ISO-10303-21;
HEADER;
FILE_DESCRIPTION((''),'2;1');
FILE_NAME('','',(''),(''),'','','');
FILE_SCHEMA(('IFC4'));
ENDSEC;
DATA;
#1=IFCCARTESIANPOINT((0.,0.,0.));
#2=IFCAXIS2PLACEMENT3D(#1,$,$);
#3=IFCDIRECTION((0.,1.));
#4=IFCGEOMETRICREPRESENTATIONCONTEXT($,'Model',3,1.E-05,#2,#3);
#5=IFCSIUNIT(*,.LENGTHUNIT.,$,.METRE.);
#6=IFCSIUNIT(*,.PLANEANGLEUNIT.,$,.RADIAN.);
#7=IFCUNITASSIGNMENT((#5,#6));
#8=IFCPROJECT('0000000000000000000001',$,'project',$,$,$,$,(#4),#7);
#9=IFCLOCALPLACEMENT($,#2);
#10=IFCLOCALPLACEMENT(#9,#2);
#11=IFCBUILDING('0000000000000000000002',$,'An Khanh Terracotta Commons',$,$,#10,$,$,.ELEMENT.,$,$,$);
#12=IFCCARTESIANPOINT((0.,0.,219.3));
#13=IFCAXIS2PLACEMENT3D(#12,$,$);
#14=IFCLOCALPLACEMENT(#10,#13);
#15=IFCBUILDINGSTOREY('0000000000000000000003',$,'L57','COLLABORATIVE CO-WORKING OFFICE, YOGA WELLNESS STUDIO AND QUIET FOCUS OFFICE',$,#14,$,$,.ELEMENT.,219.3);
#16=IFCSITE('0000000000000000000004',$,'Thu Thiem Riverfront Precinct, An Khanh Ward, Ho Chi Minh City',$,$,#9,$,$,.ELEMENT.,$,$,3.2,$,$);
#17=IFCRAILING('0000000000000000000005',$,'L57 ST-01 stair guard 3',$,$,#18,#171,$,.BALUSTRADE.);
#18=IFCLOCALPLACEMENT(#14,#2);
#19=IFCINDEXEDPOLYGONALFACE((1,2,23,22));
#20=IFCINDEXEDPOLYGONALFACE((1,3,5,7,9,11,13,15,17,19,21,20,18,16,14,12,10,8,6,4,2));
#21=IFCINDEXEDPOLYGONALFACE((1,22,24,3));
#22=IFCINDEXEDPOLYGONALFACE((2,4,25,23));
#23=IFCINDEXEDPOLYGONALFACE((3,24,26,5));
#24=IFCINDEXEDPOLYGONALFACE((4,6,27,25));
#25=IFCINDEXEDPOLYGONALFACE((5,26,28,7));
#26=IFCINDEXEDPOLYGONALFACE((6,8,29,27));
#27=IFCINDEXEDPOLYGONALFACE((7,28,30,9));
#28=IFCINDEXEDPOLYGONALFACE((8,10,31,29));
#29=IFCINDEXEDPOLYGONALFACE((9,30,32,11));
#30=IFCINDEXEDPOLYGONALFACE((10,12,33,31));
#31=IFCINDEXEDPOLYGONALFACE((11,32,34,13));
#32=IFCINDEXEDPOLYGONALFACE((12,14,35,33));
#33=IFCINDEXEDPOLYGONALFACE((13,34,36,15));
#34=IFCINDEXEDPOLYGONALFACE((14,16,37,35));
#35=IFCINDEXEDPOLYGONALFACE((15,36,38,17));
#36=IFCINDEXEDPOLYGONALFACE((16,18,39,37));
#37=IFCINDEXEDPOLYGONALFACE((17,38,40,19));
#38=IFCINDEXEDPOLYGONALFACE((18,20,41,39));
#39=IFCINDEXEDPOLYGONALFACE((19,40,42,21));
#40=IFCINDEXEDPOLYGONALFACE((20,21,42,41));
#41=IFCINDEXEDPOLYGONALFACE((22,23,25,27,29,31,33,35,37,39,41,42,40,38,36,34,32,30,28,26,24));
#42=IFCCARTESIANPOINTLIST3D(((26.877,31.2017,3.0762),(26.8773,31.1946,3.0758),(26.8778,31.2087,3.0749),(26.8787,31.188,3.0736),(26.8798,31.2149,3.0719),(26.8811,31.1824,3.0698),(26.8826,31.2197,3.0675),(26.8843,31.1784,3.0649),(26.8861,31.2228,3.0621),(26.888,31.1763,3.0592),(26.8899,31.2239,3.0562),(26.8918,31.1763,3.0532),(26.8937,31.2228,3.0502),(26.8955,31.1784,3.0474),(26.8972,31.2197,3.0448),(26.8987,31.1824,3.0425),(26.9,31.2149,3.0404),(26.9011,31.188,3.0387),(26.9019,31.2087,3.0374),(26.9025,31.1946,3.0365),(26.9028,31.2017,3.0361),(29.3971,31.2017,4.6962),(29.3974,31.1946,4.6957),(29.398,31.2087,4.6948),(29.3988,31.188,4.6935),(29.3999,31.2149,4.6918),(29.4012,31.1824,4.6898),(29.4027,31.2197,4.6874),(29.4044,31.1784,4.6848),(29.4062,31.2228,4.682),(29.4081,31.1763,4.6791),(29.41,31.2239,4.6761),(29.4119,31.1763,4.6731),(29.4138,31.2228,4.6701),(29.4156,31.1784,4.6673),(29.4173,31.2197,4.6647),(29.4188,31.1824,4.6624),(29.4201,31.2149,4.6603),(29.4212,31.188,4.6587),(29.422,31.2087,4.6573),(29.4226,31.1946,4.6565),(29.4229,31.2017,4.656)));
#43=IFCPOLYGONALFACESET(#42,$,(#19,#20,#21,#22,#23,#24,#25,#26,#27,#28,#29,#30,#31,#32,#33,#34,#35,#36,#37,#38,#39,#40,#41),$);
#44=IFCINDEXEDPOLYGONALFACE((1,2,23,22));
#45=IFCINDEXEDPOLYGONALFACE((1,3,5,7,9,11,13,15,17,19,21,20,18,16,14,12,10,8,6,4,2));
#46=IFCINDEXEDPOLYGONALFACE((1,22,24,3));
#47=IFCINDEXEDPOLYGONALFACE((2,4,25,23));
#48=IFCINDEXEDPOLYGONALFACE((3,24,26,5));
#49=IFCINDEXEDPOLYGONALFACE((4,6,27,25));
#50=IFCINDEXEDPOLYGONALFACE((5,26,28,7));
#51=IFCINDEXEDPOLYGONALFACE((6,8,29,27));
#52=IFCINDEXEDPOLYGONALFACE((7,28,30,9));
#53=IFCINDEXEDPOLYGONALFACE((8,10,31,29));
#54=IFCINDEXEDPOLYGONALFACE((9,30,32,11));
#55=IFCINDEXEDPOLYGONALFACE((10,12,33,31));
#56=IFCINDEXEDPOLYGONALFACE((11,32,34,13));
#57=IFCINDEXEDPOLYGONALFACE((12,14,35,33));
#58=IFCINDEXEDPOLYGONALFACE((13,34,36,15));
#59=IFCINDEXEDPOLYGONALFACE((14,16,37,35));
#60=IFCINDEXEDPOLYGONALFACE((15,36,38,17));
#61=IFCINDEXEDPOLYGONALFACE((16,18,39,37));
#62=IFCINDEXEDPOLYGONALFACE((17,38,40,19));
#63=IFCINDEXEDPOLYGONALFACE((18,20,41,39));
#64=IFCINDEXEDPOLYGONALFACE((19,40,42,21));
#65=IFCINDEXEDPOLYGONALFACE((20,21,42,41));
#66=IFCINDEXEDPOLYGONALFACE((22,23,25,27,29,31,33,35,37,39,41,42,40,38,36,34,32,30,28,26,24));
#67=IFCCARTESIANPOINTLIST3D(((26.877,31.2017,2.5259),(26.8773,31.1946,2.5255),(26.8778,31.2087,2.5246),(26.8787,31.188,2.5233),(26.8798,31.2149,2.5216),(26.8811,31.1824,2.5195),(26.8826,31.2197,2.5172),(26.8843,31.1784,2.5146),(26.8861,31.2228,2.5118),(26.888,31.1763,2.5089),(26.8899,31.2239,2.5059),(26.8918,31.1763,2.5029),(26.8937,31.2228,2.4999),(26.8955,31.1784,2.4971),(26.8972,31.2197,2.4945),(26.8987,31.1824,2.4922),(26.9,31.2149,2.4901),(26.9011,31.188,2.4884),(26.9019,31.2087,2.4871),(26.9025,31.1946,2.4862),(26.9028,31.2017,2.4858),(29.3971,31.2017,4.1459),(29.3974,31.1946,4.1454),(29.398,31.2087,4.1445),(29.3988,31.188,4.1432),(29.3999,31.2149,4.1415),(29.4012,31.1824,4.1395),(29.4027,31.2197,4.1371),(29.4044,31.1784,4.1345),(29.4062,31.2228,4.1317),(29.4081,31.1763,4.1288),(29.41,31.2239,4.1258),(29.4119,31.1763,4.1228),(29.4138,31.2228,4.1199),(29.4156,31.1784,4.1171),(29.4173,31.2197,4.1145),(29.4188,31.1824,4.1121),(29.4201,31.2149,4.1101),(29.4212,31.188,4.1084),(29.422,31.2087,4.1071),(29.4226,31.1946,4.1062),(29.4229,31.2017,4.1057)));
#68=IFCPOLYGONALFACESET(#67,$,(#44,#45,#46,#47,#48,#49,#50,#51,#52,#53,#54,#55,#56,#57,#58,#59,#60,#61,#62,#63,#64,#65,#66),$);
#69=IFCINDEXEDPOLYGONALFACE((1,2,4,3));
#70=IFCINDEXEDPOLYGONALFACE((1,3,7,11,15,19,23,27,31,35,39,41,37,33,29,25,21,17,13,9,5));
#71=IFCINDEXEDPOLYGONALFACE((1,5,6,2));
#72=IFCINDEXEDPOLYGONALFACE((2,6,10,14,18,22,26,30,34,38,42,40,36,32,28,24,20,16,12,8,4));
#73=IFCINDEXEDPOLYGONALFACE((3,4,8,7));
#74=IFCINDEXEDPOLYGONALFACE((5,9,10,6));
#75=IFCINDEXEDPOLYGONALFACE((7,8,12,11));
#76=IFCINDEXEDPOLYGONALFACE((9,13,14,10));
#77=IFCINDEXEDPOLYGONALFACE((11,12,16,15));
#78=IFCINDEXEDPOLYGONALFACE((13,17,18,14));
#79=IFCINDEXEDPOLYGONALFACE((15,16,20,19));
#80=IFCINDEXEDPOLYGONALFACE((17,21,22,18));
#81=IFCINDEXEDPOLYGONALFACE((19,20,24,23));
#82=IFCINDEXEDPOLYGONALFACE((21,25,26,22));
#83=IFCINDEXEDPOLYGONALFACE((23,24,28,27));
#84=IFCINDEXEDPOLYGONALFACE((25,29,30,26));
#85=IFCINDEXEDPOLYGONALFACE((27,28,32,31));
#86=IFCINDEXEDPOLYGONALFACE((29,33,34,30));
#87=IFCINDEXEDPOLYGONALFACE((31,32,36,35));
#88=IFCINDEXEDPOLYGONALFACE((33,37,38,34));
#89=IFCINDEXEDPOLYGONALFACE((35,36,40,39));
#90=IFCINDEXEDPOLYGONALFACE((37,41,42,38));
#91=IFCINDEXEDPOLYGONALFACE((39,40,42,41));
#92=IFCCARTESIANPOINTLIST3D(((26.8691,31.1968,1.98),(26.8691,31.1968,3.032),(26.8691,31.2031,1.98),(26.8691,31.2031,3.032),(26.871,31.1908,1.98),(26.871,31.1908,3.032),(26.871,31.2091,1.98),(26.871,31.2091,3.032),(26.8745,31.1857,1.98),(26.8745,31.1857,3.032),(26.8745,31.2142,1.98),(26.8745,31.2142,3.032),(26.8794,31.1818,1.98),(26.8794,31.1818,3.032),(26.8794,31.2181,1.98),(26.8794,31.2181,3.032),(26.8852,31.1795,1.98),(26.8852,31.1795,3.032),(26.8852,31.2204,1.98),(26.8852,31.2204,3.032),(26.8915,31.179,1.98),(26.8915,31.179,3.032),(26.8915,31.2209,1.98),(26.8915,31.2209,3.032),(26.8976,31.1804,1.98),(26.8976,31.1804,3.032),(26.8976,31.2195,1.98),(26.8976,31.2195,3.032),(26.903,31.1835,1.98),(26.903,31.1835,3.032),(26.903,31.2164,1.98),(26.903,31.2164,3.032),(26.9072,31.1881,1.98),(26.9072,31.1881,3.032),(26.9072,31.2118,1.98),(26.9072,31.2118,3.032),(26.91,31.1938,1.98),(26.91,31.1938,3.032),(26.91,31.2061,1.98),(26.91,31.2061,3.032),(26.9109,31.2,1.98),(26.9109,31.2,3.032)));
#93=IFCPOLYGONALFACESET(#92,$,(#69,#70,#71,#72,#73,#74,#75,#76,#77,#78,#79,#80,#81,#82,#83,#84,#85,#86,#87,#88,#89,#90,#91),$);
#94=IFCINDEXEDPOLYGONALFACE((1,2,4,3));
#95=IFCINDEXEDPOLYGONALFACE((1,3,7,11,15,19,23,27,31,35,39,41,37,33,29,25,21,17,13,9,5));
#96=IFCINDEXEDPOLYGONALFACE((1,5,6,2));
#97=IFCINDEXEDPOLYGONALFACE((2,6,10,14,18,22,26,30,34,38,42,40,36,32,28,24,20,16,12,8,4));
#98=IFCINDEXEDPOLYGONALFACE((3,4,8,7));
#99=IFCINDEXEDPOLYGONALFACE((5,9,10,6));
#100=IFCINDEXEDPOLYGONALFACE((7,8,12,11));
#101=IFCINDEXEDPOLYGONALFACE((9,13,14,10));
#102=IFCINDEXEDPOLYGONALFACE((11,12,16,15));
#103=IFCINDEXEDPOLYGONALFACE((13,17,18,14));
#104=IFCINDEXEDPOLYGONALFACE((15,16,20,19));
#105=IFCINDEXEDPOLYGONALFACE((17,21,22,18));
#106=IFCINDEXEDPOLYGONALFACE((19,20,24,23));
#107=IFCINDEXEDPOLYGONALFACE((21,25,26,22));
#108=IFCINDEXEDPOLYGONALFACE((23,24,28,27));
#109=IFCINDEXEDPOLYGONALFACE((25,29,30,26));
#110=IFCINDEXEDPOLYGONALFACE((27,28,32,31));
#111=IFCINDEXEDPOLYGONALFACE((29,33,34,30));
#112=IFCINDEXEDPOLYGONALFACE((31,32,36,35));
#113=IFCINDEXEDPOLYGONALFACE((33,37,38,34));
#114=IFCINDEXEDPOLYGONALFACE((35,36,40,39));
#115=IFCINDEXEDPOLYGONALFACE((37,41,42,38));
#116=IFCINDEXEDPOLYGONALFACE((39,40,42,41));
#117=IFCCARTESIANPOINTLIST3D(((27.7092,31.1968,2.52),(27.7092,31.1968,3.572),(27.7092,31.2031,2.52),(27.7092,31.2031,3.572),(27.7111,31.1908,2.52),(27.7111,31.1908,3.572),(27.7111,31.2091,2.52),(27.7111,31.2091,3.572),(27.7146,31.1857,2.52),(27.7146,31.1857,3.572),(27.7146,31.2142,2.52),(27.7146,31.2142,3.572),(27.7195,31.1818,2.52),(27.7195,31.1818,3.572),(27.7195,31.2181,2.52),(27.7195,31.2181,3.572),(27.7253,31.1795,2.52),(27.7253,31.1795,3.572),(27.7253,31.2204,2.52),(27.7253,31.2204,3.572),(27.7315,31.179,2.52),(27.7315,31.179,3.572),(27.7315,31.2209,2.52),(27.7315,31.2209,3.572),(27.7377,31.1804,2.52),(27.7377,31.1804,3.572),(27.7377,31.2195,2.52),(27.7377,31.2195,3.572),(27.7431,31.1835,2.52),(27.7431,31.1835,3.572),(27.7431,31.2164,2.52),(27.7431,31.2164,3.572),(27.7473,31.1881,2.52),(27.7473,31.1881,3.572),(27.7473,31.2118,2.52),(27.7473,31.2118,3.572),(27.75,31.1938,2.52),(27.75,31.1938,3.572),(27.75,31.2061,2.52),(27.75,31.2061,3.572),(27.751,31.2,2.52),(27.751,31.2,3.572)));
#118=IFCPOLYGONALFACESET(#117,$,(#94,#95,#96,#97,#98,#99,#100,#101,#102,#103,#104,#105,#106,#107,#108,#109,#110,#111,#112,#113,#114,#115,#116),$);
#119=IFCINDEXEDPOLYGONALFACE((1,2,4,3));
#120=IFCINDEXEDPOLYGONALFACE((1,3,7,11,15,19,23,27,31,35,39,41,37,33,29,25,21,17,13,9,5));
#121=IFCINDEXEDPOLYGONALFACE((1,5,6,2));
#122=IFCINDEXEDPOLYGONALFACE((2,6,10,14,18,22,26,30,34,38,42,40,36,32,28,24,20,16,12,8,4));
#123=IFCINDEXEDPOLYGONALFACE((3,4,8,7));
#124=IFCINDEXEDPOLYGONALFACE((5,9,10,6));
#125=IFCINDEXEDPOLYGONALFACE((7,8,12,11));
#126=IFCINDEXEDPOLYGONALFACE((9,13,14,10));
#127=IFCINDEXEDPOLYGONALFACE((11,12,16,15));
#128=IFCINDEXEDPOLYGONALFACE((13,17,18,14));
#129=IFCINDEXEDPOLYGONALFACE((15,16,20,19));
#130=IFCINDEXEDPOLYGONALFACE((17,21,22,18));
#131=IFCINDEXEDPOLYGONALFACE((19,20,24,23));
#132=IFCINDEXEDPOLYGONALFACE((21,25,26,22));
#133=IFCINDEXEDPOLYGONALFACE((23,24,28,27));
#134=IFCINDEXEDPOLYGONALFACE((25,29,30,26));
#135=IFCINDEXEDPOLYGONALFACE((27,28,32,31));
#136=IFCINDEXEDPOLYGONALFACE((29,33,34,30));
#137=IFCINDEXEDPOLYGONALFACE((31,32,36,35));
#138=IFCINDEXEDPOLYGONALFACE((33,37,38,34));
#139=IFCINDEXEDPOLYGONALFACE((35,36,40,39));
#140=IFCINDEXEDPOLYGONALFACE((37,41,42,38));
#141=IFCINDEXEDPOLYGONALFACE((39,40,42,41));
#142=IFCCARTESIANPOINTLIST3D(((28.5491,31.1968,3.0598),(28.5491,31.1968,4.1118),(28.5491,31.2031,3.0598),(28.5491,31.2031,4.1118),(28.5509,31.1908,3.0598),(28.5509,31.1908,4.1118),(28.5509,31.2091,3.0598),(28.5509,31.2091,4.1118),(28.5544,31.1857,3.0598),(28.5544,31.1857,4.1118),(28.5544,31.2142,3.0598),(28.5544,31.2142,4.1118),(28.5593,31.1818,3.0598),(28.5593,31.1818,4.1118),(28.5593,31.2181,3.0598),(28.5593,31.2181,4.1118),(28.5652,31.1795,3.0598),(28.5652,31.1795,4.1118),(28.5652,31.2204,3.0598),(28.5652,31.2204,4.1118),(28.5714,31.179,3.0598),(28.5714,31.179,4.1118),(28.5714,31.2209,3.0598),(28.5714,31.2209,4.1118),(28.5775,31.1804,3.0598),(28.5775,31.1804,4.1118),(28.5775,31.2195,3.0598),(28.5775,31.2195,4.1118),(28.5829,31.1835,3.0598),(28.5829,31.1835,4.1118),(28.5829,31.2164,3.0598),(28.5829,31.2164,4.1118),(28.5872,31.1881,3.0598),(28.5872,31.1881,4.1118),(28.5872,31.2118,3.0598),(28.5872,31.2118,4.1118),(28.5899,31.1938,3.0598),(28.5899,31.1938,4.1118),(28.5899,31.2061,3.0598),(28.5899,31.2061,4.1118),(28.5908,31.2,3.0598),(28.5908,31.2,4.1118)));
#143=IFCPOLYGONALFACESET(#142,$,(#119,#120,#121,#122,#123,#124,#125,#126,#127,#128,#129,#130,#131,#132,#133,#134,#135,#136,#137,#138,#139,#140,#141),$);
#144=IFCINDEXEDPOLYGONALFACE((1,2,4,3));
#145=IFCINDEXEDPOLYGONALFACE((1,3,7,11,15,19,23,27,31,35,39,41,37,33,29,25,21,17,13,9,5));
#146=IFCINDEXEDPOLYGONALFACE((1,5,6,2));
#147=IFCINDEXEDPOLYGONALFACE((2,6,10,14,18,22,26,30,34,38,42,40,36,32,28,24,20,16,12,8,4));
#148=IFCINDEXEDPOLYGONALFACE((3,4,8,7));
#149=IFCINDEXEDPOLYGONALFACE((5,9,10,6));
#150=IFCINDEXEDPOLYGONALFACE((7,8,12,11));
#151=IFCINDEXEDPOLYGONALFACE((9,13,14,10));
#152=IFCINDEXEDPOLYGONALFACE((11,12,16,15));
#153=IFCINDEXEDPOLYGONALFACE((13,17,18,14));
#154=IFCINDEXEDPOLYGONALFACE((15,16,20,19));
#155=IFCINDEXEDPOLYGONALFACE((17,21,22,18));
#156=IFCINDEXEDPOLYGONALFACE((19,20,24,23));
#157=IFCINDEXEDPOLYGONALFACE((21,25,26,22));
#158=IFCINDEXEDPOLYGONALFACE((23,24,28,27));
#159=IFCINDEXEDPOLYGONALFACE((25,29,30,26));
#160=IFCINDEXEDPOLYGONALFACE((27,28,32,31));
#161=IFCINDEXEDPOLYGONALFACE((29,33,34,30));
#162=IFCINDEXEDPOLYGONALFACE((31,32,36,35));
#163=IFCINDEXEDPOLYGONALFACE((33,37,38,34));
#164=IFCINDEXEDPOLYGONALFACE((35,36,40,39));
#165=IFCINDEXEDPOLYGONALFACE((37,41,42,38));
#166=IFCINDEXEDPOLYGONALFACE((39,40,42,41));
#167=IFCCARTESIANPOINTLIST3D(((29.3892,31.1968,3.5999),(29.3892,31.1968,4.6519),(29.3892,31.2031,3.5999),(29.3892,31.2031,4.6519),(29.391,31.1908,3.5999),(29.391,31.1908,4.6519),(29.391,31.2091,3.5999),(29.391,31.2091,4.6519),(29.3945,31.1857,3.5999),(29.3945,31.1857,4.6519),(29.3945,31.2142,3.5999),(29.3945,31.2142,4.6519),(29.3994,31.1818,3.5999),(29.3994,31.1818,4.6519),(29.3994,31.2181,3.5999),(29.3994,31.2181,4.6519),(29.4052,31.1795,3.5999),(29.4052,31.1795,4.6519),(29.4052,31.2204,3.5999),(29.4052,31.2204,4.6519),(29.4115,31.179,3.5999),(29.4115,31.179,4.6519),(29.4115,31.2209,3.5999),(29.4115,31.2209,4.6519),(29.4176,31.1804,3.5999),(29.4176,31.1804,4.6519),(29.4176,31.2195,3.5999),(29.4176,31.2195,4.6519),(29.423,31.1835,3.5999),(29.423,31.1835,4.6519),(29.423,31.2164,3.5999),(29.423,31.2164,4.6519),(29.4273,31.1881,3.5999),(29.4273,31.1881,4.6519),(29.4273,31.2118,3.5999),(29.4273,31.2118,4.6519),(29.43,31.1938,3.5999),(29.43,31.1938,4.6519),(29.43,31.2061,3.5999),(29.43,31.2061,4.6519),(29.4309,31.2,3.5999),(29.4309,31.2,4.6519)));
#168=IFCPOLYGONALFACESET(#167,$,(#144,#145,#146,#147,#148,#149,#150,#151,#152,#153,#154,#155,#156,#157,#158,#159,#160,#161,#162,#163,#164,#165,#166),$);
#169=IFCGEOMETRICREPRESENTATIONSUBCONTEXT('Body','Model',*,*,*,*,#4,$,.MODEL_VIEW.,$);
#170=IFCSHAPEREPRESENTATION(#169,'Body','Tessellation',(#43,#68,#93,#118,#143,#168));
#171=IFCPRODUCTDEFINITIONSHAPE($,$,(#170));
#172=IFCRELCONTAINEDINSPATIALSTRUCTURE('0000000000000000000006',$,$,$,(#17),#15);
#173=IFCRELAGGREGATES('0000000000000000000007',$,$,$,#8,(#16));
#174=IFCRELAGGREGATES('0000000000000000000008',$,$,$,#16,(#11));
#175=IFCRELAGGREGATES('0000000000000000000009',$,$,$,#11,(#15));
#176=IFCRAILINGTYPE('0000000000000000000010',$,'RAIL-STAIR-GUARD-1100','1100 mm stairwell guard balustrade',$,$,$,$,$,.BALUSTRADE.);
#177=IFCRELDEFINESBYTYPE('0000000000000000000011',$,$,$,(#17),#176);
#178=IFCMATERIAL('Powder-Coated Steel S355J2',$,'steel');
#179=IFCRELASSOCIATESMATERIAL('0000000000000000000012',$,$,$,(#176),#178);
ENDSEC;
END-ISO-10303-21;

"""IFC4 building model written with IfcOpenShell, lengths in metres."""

from ifc_helpers import new_model, si_unit, direction, frame, origin, origin_2d, place, context, subcontext, project, spatial, circle, extrude, material, type_object, element, save


model = new_model("IFC4")

# Units and contexts
model_context = context("Model", 3, precision=1e-05, world=origin(), true_north=direction((0.0, 1.0)))
body_context = subcontext(model_context, "Body", "Model", "MODEL_VIEW")
ifc_project = project(units=[si_unit("LENGTHUNIT", "METRE"), si_unit("PLANEANGLEUNIT", "RADIAN")], contexts=[model_context])

# Site, building, storey
site_placement = place(None, origin())
site = spatial("IfcSite", under=ifc_project, at=site_placement, Name="Thu Thiem Riverfront Precinct, An Khanh Ward, Ho Chi Minh City", CompositionType="ELEMENT", RefElevation=3.2)
building_placement = place(site_placement, origin())
building = spatial("IfcBuilding", under=site, at=building_placement, Name="An Khanh Terracotta Commons", CompositionType="ELEMENT")
storey_placement = place(building_placement, frame((0.0, 0.0, 219.3)))
storey = spatial("IfcBuildingStorey", under=building, at=storey_placement, Name="L57", Description="COLLABORATIVE CO-WORKING OFFICE, YOGA WELLNESS STUDIO AND QUIET FOCUS OFFICE", CompositionType="ELEMENT", Elevation=219.3)

# Railing
ifc_material_1 = material(Name="Powder-Coated Steel S355J2", Category="steel")
railing_type_1 = type_object("IfcRailingType", Name="RAIL-STAIR-GUARD-1100", Description="1100 mm stairwell guard balustrade", PredefinedType="BALUSTRADE", material=ifc_material_1)
railing_1_placement = place(storey_placement, frame((26.8899, 31.2, 1.98)))
element("IfcRailing", 1, at=railing_1_placement, inside=storey, type_object=railing_type_1, Name="L57 ST-01 stair guard 3", PredefinedType="BALUSTRADE", context=body_context, shape_type="SweptSolid", body=[
    extrude(circle(Radius=0.0239, at=origin_2d()), frame((0.0, 0.0, 1.0762), z_axis=(0.8412, 0.0, 0.540725), x_axis=(0.0, 1.0, 0.0)), (0.0, 0.0, 1.0), 2.9958),
    extrude(circle(Radius=0.0239, at=origin_2d()), frame((0.0, 0.0, 0.5259), z_axis=(0.8412, 0.0, 0.540725), x_axis=(0.0, 1.0, 0.0)), (0.0, 0.0, 1.0), 2.9958),
    extrude(circle(Radius=0.021, at=origin_2d()), origin(), (0.0, 0.0, 1.0), 1.052),
    extrude(circle(Radius=0.021, at=origin_2d()), frame((0.8401, 0.0, 0.54)), (0.0, 0.0, 1.0), 1.052),
    extrude(circle(Radius=0.021, at=origin_2d()), frame((1.6799, 0.0, 1.0798)), (0.0, 0.0, 1.0), 1.052),
    extrude(circle(Radius=0.021, at=origin_2d()), frame((2.52, 0.0, 1.6199)), (0.0, 0.0, 1.0), 1.052),
])

save(model, "model.ifc")
